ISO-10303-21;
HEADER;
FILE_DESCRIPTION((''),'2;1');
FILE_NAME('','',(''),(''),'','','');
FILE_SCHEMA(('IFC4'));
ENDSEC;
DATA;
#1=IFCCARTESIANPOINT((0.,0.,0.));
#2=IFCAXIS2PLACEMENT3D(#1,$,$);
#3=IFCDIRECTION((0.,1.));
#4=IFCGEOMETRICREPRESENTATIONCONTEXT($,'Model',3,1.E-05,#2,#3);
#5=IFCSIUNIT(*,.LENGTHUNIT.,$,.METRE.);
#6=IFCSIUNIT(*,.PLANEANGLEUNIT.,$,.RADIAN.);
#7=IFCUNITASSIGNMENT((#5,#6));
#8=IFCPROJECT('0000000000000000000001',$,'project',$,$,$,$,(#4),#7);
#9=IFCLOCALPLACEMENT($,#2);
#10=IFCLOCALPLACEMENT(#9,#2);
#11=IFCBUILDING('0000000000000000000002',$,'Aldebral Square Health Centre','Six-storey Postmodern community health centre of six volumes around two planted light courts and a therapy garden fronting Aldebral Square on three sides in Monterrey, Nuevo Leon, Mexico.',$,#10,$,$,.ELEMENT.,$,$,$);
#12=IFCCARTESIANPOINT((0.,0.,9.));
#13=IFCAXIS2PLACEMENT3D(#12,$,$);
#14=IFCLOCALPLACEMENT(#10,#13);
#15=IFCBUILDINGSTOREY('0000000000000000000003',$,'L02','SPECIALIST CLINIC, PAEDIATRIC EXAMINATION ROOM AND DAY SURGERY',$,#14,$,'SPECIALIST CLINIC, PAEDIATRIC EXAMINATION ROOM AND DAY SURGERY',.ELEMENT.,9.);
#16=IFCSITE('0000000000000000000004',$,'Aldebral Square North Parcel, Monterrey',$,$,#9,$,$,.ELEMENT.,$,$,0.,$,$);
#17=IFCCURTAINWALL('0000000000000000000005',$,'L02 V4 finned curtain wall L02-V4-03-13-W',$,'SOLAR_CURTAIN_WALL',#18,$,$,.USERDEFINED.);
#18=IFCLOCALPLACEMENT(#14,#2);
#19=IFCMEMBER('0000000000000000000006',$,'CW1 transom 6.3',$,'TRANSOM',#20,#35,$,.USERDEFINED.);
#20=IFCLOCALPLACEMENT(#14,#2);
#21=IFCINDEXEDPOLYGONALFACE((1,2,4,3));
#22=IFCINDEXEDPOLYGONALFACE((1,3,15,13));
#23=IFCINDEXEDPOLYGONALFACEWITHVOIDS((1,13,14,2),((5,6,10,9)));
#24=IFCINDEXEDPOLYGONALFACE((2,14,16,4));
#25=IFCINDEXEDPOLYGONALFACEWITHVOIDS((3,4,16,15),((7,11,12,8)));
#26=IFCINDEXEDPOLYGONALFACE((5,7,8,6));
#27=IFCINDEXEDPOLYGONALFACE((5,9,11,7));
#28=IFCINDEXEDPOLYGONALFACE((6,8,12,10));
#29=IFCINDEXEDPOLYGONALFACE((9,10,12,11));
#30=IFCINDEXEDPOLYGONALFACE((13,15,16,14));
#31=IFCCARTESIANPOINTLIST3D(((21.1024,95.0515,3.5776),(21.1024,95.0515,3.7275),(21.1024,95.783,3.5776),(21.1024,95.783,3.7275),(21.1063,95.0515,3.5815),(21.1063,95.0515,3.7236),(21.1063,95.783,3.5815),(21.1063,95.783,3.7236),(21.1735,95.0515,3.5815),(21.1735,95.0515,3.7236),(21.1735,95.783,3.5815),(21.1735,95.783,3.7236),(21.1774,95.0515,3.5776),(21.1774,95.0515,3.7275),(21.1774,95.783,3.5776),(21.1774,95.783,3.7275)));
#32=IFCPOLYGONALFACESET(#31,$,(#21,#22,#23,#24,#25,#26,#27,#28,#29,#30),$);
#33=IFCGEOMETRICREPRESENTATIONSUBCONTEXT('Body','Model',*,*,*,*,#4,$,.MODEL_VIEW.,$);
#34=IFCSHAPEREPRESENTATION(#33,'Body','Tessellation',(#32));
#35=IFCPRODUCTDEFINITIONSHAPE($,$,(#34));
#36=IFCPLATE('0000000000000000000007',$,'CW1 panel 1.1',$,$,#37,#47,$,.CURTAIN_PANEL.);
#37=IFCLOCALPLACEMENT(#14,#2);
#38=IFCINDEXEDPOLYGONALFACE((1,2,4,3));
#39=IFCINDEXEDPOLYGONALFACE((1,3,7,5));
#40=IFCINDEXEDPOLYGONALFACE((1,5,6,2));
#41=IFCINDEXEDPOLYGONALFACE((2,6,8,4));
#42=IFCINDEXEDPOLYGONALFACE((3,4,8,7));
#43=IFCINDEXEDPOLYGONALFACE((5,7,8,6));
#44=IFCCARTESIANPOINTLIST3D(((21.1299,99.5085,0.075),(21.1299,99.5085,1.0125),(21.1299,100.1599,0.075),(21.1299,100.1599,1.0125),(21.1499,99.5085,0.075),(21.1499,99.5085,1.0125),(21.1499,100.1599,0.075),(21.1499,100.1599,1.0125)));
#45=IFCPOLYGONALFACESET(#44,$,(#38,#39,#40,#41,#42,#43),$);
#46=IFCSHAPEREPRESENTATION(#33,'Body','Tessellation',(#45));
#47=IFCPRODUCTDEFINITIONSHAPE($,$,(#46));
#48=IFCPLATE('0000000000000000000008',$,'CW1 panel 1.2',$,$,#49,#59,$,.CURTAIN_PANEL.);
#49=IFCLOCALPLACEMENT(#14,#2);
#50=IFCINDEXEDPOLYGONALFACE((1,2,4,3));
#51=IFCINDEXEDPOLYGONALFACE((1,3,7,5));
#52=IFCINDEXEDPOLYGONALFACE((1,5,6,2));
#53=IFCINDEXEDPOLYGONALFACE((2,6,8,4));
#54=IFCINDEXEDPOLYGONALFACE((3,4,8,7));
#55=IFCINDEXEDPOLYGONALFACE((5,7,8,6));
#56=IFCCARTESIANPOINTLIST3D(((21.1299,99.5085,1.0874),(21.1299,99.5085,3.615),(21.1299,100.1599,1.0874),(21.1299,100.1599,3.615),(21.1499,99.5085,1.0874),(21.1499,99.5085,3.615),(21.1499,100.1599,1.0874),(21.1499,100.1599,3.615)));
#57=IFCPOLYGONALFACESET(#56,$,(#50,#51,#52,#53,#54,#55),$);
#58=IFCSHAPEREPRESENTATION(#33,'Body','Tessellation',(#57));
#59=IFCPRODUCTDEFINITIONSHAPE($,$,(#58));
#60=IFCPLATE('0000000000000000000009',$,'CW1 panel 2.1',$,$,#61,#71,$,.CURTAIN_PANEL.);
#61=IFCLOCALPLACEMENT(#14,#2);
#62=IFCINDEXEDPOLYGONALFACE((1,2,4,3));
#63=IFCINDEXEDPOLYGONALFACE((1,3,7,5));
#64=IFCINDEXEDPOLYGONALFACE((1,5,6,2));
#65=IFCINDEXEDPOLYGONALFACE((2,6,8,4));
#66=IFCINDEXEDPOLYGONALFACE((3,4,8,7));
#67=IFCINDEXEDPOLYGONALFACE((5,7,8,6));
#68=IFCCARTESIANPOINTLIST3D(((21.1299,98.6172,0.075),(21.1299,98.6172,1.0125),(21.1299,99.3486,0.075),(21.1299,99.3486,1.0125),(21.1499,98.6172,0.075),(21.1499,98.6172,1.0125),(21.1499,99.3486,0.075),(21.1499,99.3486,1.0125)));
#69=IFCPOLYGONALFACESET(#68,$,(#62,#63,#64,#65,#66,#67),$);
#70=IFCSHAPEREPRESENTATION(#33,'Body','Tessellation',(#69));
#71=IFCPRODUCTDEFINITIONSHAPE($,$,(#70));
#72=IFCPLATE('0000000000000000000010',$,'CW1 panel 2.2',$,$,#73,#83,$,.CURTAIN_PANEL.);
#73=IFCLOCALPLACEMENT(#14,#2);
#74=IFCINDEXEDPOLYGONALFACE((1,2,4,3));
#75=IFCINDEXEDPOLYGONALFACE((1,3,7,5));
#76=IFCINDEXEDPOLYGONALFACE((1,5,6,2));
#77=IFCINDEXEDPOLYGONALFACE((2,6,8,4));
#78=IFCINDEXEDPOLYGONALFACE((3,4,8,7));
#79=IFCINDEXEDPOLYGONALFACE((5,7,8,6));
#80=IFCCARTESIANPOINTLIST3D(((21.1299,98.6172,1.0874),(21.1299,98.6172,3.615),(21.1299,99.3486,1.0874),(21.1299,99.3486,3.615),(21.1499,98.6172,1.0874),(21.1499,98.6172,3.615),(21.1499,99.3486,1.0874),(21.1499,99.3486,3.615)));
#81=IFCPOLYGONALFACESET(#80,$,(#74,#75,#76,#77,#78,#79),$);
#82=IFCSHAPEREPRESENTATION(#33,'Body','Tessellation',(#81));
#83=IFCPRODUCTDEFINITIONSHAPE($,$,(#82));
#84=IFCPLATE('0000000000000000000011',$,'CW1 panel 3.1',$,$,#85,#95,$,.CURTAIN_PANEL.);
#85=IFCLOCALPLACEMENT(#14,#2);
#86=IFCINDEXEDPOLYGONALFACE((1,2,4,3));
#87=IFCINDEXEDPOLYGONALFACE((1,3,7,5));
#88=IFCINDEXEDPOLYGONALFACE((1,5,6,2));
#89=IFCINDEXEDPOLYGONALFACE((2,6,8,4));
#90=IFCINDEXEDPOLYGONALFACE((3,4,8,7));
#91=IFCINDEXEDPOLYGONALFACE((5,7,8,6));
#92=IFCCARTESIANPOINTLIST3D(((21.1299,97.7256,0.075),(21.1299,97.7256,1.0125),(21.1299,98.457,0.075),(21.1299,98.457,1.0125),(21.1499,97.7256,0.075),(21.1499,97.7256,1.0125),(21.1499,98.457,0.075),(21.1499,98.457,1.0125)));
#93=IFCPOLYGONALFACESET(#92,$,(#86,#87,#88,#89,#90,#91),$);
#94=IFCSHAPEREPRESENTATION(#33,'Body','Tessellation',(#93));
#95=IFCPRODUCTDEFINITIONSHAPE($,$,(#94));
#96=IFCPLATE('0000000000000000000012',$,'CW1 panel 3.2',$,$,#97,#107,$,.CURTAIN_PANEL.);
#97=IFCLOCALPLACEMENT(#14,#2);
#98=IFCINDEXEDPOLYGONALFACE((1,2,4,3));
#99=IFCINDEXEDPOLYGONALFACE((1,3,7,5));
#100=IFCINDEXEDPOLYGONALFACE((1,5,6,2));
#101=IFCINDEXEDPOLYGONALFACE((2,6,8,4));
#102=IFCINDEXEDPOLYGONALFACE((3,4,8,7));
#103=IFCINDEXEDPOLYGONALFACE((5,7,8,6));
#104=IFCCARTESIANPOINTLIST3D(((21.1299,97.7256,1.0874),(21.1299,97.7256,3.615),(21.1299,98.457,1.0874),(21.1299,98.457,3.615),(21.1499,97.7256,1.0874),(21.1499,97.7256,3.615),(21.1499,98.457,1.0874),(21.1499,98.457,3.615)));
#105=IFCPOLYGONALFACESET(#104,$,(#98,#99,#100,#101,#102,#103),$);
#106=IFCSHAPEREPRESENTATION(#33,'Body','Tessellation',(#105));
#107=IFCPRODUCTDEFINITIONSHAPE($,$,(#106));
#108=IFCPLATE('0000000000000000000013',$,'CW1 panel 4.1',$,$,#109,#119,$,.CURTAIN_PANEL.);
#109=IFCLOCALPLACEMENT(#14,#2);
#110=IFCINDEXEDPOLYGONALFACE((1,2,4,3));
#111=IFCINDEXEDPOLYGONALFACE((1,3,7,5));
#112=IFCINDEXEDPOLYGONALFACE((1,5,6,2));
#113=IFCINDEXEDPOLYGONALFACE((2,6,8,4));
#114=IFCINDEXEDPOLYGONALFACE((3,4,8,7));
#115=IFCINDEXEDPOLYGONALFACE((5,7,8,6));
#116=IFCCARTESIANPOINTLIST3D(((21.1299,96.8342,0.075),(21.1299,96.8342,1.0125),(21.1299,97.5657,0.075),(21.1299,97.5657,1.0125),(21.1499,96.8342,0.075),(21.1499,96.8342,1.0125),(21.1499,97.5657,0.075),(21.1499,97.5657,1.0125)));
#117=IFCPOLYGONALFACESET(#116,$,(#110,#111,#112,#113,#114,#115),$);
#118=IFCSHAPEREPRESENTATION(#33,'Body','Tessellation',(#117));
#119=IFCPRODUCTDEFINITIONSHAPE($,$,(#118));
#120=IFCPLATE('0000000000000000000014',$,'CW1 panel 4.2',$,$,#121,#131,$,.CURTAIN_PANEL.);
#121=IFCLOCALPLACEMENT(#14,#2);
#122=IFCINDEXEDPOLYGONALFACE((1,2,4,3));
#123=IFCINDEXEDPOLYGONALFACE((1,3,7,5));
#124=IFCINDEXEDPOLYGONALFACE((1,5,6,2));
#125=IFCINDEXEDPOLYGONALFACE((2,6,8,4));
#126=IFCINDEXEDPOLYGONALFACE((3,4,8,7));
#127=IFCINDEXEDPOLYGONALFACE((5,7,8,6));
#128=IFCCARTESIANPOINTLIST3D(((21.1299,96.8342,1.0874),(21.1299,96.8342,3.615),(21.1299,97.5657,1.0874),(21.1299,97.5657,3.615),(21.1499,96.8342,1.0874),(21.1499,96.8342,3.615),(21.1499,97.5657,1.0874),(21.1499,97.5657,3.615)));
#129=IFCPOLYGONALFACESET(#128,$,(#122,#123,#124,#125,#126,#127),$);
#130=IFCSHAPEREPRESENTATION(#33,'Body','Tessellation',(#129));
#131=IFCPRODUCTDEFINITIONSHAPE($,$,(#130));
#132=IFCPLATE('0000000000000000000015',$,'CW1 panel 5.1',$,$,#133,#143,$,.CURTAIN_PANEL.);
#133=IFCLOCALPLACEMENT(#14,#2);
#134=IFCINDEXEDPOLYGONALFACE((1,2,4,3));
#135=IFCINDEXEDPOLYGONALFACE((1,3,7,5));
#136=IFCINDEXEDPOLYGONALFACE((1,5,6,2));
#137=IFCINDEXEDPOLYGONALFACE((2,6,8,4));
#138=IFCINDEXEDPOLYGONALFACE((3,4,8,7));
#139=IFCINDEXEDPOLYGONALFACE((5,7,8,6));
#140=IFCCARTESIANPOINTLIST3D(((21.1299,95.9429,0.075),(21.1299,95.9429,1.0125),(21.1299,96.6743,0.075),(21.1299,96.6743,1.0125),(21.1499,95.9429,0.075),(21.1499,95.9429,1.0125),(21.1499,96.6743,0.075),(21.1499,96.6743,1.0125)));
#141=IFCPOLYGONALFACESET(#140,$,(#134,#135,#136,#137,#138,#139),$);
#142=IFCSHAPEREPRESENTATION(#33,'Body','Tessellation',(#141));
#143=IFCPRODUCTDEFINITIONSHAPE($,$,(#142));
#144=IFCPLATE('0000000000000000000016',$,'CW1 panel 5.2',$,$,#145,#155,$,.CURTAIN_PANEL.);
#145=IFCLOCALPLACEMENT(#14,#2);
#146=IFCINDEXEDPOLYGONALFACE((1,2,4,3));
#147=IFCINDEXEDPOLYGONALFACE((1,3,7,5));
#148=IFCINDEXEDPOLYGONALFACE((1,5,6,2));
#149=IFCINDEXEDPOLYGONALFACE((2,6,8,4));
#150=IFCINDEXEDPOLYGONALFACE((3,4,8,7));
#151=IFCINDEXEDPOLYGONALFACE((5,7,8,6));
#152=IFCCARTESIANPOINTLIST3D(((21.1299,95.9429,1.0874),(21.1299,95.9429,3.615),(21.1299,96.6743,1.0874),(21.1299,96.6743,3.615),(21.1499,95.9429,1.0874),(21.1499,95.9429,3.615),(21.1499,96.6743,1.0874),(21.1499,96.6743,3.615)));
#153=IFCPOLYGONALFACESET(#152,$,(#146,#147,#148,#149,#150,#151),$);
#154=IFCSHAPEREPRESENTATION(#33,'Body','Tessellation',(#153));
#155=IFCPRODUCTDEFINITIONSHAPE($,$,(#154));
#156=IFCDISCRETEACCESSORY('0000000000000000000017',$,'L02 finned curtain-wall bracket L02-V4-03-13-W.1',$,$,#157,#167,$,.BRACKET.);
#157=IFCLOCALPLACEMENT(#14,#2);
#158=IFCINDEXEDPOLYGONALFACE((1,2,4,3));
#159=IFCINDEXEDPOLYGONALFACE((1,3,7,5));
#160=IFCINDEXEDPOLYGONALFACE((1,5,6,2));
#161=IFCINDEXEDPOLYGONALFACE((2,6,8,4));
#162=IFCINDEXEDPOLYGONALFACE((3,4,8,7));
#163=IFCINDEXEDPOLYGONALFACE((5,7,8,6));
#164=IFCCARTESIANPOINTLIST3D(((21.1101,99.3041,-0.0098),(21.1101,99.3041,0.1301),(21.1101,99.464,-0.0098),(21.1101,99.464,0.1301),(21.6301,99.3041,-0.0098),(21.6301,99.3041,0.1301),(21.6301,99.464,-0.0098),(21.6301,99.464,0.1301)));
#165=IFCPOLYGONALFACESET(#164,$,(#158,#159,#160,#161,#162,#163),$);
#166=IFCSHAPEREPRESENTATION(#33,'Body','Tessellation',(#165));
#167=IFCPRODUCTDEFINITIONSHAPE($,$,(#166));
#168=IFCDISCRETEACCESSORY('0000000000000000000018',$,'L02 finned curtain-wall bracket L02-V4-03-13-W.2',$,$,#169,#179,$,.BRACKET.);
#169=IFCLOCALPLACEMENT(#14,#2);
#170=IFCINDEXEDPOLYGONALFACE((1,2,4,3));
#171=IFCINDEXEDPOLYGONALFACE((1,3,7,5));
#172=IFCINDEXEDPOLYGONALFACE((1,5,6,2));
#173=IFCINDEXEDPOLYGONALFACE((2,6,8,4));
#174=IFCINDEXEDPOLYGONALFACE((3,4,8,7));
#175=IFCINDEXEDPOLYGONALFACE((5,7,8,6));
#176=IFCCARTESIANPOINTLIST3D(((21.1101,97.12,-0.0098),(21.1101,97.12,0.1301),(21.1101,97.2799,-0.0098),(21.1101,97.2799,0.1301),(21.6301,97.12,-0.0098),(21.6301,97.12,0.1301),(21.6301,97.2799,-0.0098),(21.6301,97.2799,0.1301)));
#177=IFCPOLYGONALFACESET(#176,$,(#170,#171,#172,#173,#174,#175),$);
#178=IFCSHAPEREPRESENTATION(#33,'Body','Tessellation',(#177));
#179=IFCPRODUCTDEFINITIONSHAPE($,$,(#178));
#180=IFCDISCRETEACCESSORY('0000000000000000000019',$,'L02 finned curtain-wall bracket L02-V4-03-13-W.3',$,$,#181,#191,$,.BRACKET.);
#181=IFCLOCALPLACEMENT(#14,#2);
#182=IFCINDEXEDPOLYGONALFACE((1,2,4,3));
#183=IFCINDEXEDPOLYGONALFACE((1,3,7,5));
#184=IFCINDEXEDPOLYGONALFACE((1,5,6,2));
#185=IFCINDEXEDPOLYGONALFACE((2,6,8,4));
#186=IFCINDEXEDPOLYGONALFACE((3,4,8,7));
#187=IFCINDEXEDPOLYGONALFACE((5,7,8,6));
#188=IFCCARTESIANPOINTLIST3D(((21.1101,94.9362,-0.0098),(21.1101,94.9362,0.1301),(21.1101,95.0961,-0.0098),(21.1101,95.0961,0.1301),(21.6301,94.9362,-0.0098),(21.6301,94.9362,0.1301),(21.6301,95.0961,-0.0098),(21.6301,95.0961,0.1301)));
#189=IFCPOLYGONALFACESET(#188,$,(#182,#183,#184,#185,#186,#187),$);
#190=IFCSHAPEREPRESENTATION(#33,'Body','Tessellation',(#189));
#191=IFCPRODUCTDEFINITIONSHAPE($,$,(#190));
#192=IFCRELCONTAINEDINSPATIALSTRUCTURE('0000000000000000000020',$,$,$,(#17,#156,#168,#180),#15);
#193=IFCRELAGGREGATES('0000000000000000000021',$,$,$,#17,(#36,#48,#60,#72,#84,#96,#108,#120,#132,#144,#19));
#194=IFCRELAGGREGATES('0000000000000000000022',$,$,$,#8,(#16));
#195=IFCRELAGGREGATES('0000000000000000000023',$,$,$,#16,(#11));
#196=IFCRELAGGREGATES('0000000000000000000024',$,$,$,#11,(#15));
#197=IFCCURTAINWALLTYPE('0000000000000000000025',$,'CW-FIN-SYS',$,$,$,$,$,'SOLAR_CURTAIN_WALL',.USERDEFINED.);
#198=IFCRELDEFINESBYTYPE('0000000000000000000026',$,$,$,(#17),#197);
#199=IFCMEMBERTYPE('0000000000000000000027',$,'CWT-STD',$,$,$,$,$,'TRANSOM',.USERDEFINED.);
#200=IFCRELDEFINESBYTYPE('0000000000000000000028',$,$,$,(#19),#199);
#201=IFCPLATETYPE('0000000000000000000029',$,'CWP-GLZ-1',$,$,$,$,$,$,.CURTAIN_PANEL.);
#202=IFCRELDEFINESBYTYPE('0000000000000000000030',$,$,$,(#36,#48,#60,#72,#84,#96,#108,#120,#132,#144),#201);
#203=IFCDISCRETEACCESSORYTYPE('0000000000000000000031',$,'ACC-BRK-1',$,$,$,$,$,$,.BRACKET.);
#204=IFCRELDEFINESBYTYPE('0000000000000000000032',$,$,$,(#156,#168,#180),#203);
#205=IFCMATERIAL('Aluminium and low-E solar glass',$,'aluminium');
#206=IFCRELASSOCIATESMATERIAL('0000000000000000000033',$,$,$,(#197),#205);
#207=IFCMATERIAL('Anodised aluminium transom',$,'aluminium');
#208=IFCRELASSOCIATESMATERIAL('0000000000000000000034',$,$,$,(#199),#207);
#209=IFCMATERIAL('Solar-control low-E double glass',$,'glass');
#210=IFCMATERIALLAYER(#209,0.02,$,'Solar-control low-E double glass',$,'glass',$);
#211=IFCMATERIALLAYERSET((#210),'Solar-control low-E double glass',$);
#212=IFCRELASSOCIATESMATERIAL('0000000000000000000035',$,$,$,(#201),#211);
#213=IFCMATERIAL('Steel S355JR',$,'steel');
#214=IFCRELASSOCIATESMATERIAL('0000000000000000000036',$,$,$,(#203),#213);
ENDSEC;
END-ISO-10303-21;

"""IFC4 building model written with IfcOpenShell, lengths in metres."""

from ifc_helpers import new_model, si_unit, direction, frame, origin, origin_2d, place, context, subcontext, project, spatial, rectangle, hollow_rectangle, extrude, material, layer, layer_set, material_profile, profile_set, type_object, element, aggregate, save


model = new_model("IFC4")

# Units and contexts
model_context = context("Model", 3, precision=1e-05, world=origin(), true_north=direction((0.0, 1.0)))
body_context = subcontext(model_context, "Body", "Model", "MODEL_VIEW")
ifc_project = project(units=[si_unit("LENGTHUNIT", "METRE"), si_unit("PLANEANGLEUNIT", "RADIAN")], contexts=[model_context])

# Site, building, storey
site_placement = place(None, origin())
site = spatial("IfcSite", under=ifc_project, at=site_placement, Name="Aldebral Square North Parcel, Monterrey", CompositionType="ELEMENT", RefElevation=0.0)
building_placement = place(site_placement, origin())
building = spatial("IfcBuilding", under=site, at=building_placement, Name="Aldebral Square Health Centre", Description="Six-storey Postmodern community health centre of six volumes around two planted light courts and a therapy garden fronting Aldebral Square on three sides in Monterrey, Nuevo Leon, Mexico.", CompositionType="ELEMENT")
storey_placement = place(building_placement, frame((0.0, 0.0, 9.0)))
storey = spatial("IfcBuildingStorey", under=building, at=storey_placement, Name="L02", Description="SPECIALIST CLINIC, PAEDIATRIC EXAMINATION ROOM AND DAY SURGERY", LongName="SPECIALIST CLINIC, PAEDIATRIC EXAMINATION ROOM AND DAY SURGERY", CompositionType="ELEMENT", Elevation=9.0)

# Curtain wall, member, plates
ifc_material_1 = material(Name="Aluminium and low-E solar glass", Category="aluminium")
curtain_wall_type = type_object("IfcCurtainWallType", Name="CW-FIN-SYS", ElementType="SOLAR_CURTAIN_WALL", PredefinedType="USERDEFINED", material=ifc_material_1)
curtain_wall_placement = place(storey_placement, origin())
curtain_wall = element("IfcCurtainWall", 1, at=curtain_wall_placement, inside=storey, type_object=curtain_wall_type, Name="L02 V4 finned curtain wall L02-V4-03-13-W", ObjectType="SOLAR_CURTAIN_WALL", PredefinedType="USERDEFINED")
ifc_material_2 = material(Name="Anodised aluminium transom", Category="aluminium")
ifc_material_profile_1 = material_profile(ifc_material_2, hollow_rectangle(XDim=0.075, YDim=0.1499, WallThickness=0.0039, at=origin_2d()), Name="CWT 75x150x4")
ifc_profile_set_1 = profile_set([ifc_material_profile_1], Name="Anodised aluminium transom")
member_type_1 = type_object("IfcMemberType", Name="CWT-STD", ElementType="TRANSOM", PredefinedType="USERDEFINED", material=ifc_profile_set_1)
member_1_placement = place(storey_placement, frame((21.1399, 95.783, 3.6526), z_axis=(0.0, -1.0, 0.0), x_axis=(1.0, 0.0, 0.0)))
member_1 = element("IfcMember", 2, at=member_1_placement, type_object=member_type_1, Name="CW1 transom 6.3", ObjectType="TRANSOM", PredefinedType="USERDEFINED", context=body_context, shape_type="SweptSolid", body=[
    extrude(hollow_rectangle(XDim=0.075, YDim=0.1499, WallThickness=0.0039, at=origin_2d()), origin(), (0.0, 0.0, 1.0), 0.7314),
])
ifc_material_3 = material(Name="Solar-control low-E double glass", Category="glass")
ifc_layer = layer(ifc_material_3, 0.02, Name="Solar-control low-E double glass", Category="glass")
ifc_layer_set = layer_set([ifc_layer], Name="Solar-control low-E double glass")
plate_type = type_object("IfcPlateType", Name="CWP-GLZ-1", PredefinedType="CURTAIN_PANEL", material=ifc_layer_set)
plate_1_placement = place(storey_placement, frame((21.1399, 99.8342, 0.075), z_axis=(0.0, 0.0, 1.0), x_axis=(0.0, -1.0, 0.0)))
plate_1 = element("IfcPlate", 3, at=plate_1_placement, type_object=plate_type, Name="CW1 panel 1.1", PredefinedType="CURTAIN_PANEL", context=body_context, shape_type="SweptSolid", body=[
    extrude(rectangle(XDim=0.6514, YDim=0.02, at=origin_2d()), origin(), (0.0, 0.0, 1.0), 0.9375),
])
plate_2_placement = place(storey_placement, frame((21.1399, 99.8342, 1.0874), z_axis=(0.0, 0.0, 1.0), x_axis=(0.0, -1.0, 0.0)))
plate_2 = element("IfcPlate", 4, at=plate_2_placement, type_object=plate_type, Name="CW1 panel 1.2", PredefinedType="CURTAIN_PANEL", context=body_context, shape_type="SweptSolid", body=[
    extrude(rectangle(XDim=0.6514, YDim=0.02, at=origin_2d()), origin(), (0.0, 0.0, 1.0), 2.5276),
])
plate_3_placement = place(storey_placement, frame((21.1399, 98.9829, 0.075), z_axis=(0.0, 0.0, 1.0), x_axis=(0.0, -1.0, 0.0)))
plate_3 = element("IfcPlate", 5, at=plate_3_placement, type_object=plate_type, Name="CW1 panel 2.1", PredefinedType="CURTAIN_PANEL", context=body_context, shape_type="SweptSolid", body=[
    extrude(rectangle(XDim=0.7314, YDim=0.02, at=origin_2d()), origin(), (0.0, 0.0, 1.0), 0.9375),
])
plate_4_placement = place(storey_placement, frame((21.1399, 98.9829, 1.0874), z_axis=(0.0, 0.0, 1.0), x_axis=(0.0, -1.0, 0.0)))
plate_4 = element("IfcPlate", 6, at=plate_4_placement, type_object=plate_type, Name="CW1 panel 2.2", PredefinedType="CURTAIN_PANEL", context=body_context, shape_type="SweptSolid", body=[
    extrude(rectangle(XDim=0.7314, YDim=0.02, at=origin_2d()), origin(), (0.0, 0.0, 1.0), 2.5276),
])
plate_5_placement = place(storey_placement, frame((21.1399, 98.0913, 0.075), z_axis=(0.0, 0.0, 1.0), x_axis=(0.0, -1.0, 0.0)))
plate_5 = element("IfcPlate", 7, at=plate_5_placement, type_object=plate_type, Name="CW1 panel 3.1", PredefinedType="CURTAIN_PANEL", context=body_context, shape_type="SweptSolid", body=[
    extrude(rectangle(XDim=0.7314, YDim=0.02, at=origin_2d()), origin(), (0.0, 0.0, 1.0), 0.9375),
])
plate_6_placement = place(storey_placement, frame((21.1399, 98.0913, 1.0874), z_axis=(0.0, 0.0, 1.0), x_axis=(0.0, -1.0, 0.0)))
plate_6 = element("IfcPlate", 8, at=plate_6_placement, type_object=plate_type, Name="CW1 panel 3.2", PredefinedType="CURTAIN_PANEL", context=body_context, shape_type="SweptSolid", body=[
    extrude(rectangle(XDim=0.7314, YDim=0.02, at=origin_2d()), origin(), (0.0, 0.0, 1.0), 2.5276),
])
plate_7_placement = place(storey_placement, frame((21.1399, 97.2, 0.075), z_axis=(0.0, 0.0, 1.0), x_axis=(0.0, -1.0, 0.0)))
plate_7 = element("IfcPlate", 9, at=plate_7_placement, type_object=plate_type, Name="CW1 panel 4.1", PredefinedType="CURTAIN_PANEL", context=body_context, shape_type="SweptSolid", body=[
    extrude(rectangle(XDim=0.7314, YDim=0.02, at=origin_2d()), origin(), (0.0, 0.0, 1.0), 0.9375),
])
plate_8_placement = place(storey_placement, frame((21.1399, 97.2, 1.0874), z_axis=(0.0, 0.0, 1.0), x_axis=(0.0, -1.0, 0.0)))
plate_8 = element("IfcPlate", 10, at=plate_8_placement, type_object=plate_type, Name="CW1 panel 4.2", PredefinedType="CURTAIN_PANEL", context=body_context, shape_type="SweptSolid", body=[
    extrude(rectangle(XDim=0.7314, YDim=0.02, at=origin_2d()), origin(), (0.0, 0.0, 1.0), 2.5276),
])
plate_9_placement = place(storey_placement, frame((21.1399, 96.3086, 0.075), z_axis=(0.0, 0.0, 1.0), x_axis=(0.0, -1.0, 0.0)))
plate_9 = element("IfcPlate", 11, at=plate_9_placement, type_object=plate_type, Name="CW1 panel 5.1", PredefinedType="CURTAIN_PANEL", context=body_context, shape_type="SweptSolid", body=[
    extrude(rectangle(XDim=0.7314, YDim=0.02, at=origin_2d()), origin(), (0.0, 0.0, 1.0), 0.9375),
])
plate_10_placement = place(storey_placement, frame((21.1399, 96.3086, 1.0874), z_axis=(0.0, 0.0, 1.0), x_axis=(0.0, -1.0, 0.0)))
plate_10 = element("IfcPlate", 12, at=plate_10_placement, type_object=plate_type, Name="CW1 panel 5.2", PredefinedType="CURTAIN_PANEL", context=body_context, shape_type="SweptSolid", body=[
    extrude(rectangle(XDim=0.7314, YDim=0.02, at=origin_2d()), origin(), (0.0, 0.0, 1.0), 2.5276),
])
aggregate(curtain_wall, [plate_1, plate_2, plate_3, plate_4, plate_5, plate_6, plate_7, plate_8, plate_9, plate_10, member_1])

# Discrete accessories
ifc_material_4 = material(Name="Steel S355JR", Category="steel")
discrete_accessory_type = type_object("IfcDiscreteAccessoryType", Name="ACC-BRK-1", PredefinedType="BRACKET", material=ifc_material_4)
for number, where, z_axis, x_axis, name in (
    (13, (21.3701, 99.384, -0.0098), (0.0, 0.0, 1.0), (0.0, 1.0, 0.0), "L02 finned curtain-wall bracket L02-V4-03-13-W.1"),
    (14, (21.3701, 97.2, -0.0098), (0.0, 0.0, 1.0), (0.0, 1.0, 0.0), "L02 finned curtain-wall bracket L02-V4-03-13-W.2"),
    (15, (21.3701, 95.0161, -0.0098), (0.0, 0.0, 1.0), (0.0, 1.0, 0.0), "L02 finned curtain-wall bracket L02-V4-03-13-W.3"),
):
    element("IfcDiscreteAccessory", number, at=place(storey_placement, frame(where, z_axis=z_axis, x_axis=x_axis)), inside=storey, type_object=discrete_accessory_type, Name=name, PredefinedType="BRACKET", context=body_context, shape_type="SweptSolid", body=[
        extrude(rectangle(XDim=0.1599, YDim=0.52, at=origin_2d()), origin(), (0.0, 0.0, 1.0), 0.1399),
    ])

save(model, "model.ifc")
